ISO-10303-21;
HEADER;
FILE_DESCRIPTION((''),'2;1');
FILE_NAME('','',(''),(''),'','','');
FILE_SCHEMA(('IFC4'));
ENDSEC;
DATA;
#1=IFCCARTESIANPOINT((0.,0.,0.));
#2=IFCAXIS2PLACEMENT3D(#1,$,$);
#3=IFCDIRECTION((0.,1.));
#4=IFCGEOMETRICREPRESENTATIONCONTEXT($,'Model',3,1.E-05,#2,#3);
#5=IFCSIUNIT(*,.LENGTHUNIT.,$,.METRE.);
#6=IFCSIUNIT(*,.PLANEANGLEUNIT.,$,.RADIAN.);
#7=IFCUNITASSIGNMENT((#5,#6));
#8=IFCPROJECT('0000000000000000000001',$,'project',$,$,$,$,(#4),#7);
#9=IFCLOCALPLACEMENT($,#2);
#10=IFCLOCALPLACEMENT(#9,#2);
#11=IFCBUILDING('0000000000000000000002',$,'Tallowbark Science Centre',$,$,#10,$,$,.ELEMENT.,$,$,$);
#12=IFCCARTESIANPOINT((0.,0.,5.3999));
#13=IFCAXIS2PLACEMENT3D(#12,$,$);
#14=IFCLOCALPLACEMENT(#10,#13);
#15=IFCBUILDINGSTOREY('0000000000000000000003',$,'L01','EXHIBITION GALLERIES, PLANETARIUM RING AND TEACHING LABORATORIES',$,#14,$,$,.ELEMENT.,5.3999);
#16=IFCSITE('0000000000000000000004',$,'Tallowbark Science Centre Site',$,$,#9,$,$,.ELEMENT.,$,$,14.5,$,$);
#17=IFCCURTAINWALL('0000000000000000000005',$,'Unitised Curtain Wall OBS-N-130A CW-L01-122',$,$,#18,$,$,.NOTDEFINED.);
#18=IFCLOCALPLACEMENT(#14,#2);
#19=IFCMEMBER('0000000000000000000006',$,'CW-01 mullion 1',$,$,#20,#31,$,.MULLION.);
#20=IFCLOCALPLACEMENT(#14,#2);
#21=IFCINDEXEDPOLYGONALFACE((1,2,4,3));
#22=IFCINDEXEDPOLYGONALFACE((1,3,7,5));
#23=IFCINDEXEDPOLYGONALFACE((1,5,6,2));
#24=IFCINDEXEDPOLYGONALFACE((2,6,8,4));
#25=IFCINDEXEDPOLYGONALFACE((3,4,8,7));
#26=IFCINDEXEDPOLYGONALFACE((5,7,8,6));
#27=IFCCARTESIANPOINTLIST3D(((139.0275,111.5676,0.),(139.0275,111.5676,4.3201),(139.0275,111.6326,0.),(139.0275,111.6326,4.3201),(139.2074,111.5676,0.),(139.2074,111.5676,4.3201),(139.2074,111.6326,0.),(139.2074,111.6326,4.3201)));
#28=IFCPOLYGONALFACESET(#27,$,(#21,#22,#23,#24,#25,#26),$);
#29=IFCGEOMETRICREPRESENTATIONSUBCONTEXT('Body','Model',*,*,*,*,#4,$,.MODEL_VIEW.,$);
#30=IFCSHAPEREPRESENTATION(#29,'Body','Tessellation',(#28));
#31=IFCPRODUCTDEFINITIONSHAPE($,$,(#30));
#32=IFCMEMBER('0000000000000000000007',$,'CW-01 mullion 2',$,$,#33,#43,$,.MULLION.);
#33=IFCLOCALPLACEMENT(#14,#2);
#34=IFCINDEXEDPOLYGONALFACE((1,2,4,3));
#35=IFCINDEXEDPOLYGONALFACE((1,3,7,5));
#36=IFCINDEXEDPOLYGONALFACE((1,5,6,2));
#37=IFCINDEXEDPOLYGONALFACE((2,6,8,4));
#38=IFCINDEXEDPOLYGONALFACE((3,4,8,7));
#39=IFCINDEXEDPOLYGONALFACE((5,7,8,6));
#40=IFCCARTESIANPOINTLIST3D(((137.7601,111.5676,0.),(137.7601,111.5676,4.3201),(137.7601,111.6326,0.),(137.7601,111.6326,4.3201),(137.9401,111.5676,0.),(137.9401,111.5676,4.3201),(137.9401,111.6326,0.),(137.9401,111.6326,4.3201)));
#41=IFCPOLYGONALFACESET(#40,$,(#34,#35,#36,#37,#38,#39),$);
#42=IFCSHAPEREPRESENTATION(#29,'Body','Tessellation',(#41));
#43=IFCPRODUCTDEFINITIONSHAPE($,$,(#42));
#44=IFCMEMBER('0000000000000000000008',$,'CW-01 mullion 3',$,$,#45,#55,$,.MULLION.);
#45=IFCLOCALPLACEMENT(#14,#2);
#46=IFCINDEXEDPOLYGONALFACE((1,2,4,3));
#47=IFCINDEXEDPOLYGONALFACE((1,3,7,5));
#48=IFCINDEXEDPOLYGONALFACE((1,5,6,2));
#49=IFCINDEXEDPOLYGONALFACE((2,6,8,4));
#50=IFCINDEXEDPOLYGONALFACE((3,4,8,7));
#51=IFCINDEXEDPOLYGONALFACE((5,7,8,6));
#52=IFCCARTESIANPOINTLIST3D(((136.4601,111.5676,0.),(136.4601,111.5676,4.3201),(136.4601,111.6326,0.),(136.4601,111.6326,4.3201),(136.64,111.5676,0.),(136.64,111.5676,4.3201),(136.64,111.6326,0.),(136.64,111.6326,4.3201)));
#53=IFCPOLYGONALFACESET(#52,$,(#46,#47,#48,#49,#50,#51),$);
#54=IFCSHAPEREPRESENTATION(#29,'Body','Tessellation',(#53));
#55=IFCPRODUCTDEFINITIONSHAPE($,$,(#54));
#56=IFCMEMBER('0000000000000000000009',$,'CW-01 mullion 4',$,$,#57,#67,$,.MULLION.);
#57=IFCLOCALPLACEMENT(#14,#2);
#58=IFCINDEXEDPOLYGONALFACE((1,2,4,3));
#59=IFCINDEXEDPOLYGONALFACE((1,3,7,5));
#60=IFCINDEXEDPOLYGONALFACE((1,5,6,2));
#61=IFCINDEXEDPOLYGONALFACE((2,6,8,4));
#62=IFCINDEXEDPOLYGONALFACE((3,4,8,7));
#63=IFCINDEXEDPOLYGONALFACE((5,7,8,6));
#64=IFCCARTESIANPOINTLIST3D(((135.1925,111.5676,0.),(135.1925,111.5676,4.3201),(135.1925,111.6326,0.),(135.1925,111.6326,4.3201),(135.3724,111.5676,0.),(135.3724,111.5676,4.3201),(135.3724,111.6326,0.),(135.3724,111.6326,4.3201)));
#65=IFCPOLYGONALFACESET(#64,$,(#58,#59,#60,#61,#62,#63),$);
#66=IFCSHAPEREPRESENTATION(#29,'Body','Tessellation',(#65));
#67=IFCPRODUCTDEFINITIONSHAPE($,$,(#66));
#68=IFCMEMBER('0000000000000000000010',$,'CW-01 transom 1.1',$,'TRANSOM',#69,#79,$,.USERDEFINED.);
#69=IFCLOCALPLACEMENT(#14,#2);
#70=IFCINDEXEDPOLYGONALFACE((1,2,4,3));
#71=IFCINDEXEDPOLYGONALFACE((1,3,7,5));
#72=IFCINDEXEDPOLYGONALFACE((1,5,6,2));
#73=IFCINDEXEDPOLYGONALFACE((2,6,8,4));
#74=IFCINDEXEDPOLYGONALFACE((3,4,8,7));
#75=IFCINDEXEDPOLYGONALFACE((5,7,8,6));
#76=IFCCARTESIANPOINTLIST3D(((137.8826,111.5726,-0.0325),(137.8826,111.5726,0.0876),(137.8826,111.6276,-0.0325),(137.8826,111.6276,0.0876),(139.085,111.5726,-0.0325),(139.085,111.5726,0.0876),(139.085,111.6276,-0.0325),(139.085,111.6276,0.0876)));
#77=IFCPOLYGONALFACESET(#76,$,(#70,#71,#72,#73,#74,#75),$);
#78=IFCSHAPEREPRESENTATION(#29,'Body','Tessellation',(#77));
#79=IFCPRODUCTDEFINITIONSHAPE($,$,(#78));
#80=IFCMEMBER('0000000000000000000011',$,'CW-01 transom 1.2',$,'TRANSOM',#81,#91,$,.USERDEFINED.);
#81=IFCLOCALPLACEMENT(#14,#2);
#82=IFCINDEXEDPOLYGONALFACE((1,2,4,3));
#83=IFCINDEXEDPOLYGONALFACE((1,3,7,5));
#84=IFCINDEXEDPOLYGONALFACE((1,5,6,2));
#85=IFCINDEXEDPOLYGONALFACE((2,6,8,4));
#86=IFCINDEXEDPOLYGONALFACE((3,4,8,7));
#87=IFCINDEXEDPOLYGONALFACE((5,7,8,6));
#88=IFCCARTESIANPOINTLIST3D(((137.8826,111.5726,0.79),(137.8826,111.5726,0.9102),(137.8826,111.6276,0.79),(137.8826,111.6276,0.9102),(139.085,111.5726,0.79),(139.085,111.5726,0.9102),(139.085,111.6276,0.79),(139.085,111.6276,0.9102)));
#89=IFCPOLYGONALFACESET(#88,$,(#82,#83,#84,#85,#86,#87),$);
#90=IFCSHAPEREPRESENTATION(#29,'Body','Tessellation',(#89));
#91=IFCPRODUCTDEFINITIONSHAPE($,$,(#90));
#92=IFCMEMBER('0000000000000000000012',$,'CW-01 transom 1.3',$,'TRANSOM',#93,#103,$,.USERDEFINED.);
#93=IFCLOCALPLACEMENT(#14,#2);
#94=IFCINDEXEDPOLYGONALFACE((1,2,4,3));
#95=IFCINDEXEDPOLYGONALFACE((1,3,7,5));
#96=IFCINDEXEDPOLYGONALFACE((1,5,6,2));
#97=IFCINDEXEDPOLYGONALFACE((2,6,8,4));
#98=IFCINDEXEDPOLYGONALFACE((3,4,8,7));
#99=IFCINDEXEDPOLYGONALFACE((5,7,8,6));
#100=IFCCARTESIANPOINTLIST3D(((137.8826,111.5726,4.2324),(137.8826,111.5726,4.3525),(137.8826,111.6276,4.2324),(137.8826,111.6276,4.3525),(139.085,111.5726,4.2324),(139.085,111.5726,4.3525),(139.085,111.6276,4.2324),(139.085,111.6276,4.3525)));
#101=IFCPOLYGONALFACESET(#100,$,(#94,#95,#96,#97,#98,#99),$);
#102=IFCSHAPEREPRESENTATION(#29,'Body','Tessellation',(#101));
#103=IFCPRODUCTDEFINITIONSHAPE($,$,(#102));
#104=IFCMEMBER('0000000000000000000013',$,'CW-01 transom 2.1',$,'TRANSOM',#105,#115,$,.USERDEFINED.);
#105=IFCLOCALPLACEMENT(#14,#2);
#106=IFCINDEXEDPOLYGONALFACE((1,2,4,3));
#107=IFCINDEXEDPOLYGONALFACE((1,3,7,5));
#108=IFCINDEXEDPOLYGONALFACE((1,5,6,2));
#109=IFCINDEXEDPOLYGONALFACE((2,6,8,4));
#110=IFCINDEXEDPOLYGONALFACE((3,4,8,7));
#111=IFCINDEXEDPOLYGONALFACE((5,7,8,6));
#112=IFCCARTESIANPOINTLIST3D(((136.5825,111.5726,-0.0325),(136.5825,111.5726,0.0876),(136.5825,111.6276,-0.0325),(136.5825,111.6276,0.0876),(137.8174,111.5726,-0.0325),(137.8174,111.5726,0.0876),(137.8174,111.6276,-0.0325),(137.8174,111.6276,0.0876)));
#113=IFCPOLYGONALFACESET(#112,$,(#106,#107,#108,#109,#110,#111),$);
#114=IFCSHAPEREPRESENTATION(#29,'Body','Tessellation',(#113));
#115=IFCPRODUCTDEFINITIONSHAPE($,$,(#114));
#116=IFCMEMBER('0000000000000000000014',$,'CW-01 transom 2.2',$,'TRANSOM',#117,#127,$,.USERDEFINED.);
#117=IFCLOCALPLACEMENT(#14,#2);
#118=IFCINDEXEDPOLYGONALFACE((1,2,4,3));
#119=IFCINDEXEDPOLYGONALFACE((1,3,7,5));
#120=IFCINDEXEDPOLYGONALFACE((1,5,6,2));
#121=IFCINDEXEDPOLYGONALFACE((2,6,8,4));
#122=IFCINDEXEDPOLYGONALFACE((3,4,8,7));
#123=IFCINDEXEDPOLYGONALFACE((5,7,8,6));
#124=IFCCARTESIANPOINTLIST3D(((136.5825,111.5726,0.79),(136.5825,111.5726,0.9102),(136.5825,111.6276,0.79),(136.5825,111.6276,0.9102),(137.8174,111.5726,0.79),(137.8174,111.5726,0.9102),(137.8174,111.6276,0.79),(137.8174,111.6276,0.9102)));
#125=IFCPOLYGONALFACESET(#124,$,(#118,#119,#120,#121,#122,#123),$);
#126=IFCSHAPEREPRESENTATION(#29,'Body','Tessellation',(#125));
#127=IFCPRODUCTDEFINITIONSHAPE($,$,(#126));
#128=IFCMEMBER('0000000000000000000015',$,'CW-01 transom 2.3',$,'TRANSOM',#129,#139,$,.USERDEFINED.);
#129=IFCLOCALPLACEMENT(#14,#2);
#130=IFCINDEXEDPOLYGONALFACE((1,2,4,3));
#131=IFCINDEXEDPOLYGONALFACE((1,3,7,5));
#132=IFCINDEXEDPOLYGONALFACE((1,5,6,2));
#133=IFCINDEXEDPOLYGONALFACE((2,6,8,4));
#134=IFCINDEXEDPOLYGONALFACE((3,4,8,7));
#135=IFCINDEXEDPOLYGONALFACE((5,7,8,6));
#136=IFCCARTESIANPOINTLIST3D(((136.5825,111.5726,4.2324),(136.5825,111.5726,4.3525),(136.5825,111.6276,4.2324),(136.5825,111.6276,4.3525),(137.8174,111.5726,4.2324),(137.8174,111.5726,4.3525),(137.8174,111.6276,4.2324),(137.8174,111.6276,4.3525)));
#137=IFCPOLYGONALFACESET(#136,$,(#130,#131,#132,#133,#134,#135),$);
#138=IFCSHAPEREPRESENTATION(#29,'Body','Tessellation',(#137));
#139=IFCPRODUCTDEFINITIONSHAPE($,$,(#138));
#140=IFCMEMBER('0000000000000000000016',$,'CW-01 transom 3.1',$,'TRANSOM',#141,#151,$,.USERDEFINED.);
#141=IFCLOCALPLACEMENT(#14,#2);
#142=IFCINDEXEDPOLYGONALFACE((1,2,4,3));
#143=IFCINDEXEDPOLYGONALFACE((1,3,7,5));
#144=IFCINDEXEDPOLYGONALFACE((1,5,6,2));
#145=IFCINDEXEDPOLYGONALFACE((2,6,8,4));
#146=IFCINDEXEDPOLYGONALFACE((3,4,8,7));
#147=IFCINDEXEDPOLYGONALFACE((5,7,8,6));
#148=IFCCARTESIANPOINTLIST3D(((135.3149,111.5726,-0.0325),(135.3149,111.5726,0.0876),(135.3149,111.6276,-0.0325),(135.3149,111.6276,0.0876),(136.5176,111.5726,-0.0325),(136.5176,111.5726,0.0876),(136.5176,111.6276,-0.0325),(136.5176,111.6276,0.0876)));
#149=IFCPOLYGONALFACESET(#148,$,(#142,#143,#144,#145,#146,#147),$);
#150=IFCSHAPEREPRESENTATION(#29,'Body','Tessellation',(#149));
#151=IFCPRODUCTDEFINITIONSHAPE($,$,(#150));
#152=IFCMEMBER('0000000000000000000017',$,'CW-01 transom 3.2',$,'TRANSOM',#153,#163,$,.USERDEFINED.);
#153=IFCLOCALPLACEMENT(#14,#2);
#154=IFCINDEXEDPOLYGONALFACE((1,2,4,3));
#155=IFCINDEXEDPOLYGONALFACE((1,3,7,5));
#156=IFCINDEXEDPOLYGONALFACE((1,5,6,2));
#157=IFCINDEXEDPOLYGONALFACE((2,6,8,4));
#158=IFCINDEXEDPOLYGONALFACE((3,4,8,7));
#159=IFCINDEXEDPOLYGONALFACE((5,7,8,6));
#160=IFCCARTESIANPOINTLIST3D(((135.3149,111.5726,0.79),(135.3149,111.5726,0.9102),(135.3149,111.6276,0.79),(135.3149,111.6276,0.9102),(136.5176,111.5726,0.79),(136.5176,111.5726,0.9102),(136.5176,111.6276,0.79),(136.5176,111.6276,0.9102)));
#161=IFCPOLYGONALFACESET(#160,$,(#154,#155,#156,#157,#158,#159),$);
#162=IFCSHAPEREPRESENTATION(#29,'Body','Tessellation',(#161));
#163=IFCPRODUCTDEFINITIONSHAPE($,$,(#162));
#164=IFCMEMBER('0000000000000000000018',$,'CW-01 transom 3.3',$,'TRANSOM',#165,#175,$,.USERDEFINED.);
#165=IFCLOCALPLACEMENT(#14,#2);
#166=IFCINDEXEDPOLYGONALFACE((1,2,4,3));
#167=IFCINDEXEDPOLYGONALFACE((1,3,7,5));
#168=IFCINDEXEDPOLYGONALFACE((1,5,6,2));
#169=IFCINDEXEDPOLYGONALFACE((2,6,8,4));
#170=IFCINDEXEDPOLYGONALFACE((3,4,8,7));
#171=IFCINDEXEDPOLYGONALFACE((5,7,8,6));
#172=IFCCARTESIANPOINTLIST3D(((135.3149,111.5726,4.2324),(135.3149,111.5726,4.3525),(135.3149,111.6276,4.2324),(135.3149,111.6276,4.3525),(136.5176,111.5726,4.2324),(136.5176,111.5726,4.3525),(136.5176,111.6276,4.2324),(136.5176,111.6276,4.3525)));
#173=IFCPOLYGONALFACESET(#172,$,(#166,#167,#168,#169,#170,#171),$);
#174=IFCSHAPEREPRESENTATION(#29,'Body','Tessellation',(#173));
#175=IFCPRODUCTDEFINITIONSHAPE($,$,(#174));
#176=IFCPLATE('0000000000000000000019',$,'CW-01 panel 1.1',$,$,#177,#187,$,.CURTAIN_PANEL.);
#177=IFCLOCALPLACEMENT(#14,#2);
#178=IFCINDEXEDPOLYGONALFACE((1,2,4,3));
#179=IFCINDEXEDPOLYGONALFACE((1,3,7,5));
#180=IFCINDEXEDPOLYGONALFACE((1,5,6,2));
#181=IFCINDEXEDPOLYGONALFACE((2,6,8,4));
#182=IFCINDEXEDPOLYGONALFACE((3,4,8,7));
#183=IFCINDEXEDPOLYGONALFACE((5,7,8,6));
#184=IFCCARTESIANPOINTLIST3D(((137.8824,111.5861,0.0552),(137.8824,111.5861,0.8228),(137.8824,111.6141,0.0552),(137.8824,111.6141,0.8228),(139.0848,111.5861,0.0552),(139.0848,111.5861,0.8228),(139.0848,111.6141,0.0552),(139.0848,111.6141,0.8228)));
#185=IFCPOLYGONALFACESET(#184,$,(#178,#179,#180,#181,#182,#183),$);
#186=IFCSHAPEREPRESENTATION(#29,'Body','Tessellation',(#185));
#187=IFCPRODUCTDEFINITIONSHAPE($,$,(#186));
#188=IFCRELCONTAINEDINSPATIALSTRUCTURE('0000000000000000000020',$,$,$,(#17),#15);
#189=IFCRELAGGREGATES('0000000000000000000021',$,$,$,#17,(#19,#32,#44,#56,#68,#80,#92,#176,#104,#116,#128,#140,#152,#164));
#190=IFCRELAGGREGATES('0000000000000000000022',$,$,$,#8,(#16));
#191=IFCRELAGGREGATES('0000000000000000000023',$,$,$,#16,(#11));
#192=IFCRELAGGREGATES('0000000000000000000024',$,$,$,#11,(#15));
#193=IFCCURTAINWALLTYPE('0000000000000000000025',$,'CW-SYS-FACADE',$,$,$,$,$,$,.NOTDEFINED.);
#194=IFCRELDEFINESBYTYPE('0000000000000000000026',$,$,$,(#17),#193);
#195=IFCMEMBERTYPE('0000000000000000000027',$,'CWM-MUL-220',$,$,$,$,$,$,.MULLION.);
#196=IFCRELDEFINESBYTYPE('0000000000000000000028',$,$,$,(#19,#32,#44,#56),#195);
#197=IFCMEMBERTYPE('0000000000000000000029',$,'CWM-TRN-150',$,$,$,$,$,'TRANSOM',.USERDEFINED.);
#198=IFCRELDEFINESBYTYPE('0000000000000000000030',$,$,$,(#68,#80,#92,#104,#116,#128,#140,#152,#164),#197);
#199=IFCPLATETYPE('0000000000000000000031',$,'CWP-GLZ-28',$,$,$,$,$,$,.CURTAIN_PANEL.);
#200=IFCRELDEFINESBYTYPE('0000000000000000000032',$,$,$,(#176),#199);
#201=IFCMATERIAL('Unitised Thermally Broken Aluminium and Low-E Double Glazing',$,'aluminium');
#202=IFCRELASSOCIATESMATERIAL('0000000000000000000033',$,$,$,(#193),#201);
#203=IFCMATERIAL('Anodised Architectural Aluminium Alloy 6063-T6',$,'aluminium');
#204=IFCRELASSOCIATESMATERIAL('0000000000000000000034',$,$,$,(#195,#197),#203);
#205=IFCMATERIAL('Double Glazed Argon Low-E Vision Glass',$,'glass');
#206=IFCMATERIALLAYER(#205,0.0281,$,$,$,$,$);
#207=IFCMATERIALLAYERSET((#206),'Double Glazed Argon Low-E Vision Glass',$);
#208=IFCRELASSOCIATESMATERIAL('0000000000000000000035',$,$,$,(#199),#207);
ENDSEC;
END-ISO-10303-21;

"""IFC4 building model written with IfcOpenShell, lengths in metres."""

from ifc_helpers import new_model, si_unit, direction, frame, origin, origin_2d, place, context, subcontext, project, spatial, rectangle, extrude, material, layer, layer_set, material_profile, profile_set, type_object, element, aggregate, save


model = new_model("IFC4")

# Units and contexts
model_context = context("Model", 3, precision=1e-05, world=origin(), true_north=direction((0.0, 1.0)))
body_context = subcontext(model_context, "Body", "Model", "MODEL_VIEW")
ifc_project = project(units=[si_unit("LENGTHUNIT", "METRE"), si_unit("PLANEANGLEUNIT", "RADIAN")], contexts=[model_context])

# Site, building, storey
site_placement = place(None, origin())
site = spatial("IfcSite", under=ifc_project, at=site_placement, Name="Tallowbark Science Centre Site", CompositionType="ELEMENT", RefElevation=14.5)
building_placement = place(site_placement, origin())
building = spatial("IfcBuilding", under=site, at=building_placement, Name="Tallowbark Science Centre", CompositionType="ELEMENT")
storey_placement = place(building_placement, frame((0.0, 0.0, 5.3999)))
storey = spatial("IfcBuildingStorey", under=building, at=storey_placement, Name="L01", Description="EXHIBITION GALLERIES, PLANETARIUM RING AND TEACHING LABORATORIES", CompositionType="ELEMENT", Elevation=5.3999)

# Curtain wall, members, plate
ifc_material_1 = material(Name="Unitised Thermally Broken Aluminium and Low-E Double Glazing", Category="aluminium")
curtain_wall_type = type_object("IfcCurtainWallType", Name="CW-SYS-FACADE", PredefinedType="NOTDEFINED", material=ifc_material_1)
curtain_wall_placement = place(storey_placement, origin())
curtain_wall = element("IfcCurtainWall", 1, at=curtain_wall_placement, inside=storey, type_object=curtain_wall_type, Name="Unitised Curtain Wall OBS-N-130A CW-L01-122", PredefinedType="NOTDEFINED")
ifc_material_2 = material(Name="Anodised Architectural Aluminium Alloy 6063-T6", Category="aluminium")
ifc_material_profile_1 = material_profile(ifc_material_2, rectangle(XDim=0.0649, YDim=0.1799, at=origin_2d()), Name="ALU65x180")
ifc_profile_set_1 = profile_set([ifc_material_profile_1], Name="Anodised Architectural Aluminium Alloy 6063-T6")
member_type_1 = type_object("IfcMemberType", Name="CWM-MUL-220", PredefinedType="MULLION", material=ifc_profile_set_1)
member_1_placement = place(storey_placement, frame((139.1174, 111.6001, 0.0), z_axis=(0.0, 0.0, 1.0), x_axis=(0.0, -1.0, 0.0)))
member_1 = element("IfcMember", 2, at=member_1_placement, type_object=member_type_1, Name="CW-01 mullion 1", PredefinedType="MULLION", context=body_context, shape_type="SweptSolid", body=[
    extrude(rectangle(XDim=0.0649, YDim=0.1799, at=origin_2d()), origin(), (0.0, 0.0, 1.0), 4.3201),
])
member_2_placement = place(storey_placement, frame((137.8501, 111.6001, 0.0), z_axis=(0.0, 0.0, 1.0), x_axis=(0.0, -1.0, 0.0)))
member_2 = element("IfcMember", 3, at=member_2_placement, type_object=member_type_1, Name="CW-01 mullion 2", PredefinedType="MULLION", context=body_context, shape_type="SweptSolid", body=[
    extrude(rectangle(XDim=0.0649, YDim=0.1799, at=origin_2d()), origin(), (0.0, 0.0, 1.0), 4.3201),
])
member_3_placement = place(storey_placement, frame((136.55, 111.6001, 0.0), z_axis=(0.0, 0.0, 1.0), x_axis=(0.0, -1.0, 0.0)))
member_3 = element("IfcMember", 4, at=member_3_placement, type_object=member_type_1, Name="CW-01 mullion 3", PredefinedType="MULLION", context=body_context, shape_type="SweptSolid", body=[
    extrude(rectangle(XDim=0.0649, YDim=0.1799, at=origin_2d()), origin(), (0.0, 0.0, 1.0), 4.3201),
])
member_4_placement = place(storey_placement, frame((135.2825, 111.6001, 0.0), z_axis=(0.0, 0.0, 1.0), x_axis=(0.0, -1.0, 0.0)))
member_4 = element("IfcMember", 5, at=member_4_placement, type_object=member_type_1, Name="CW-01 mullion 4", PredefinedType="MULLION", context=body_context, shape_type="SweptSolid", body=[
    extrude(rectangle(XDim=0.0649, YDim=0.1799, at=origin_2d()), origin(), (0.0, 0.0, 1.0), 4.3201),
])
ifc_material_profile_2 = material_profile(ifc_material_2, rectangle(XDim=0.0549, YDim=0.1201, at=origin_2d()), Name="ALU55x120")
ifc_profile_set_2 = profile_set([ifc_material_profile_2], Name="Anodised Architectural Aluminium Alloy 6063-T6")
member_type_2 = type_object("IfcMemberType", Name="CWM-TRN-150", ElementType="TRANSOM", PredefinedType="USERDEFINED", material=ifc_profile_set_2)
member_5_placement = place(storey_placement, frame((139.085, 111.6001, 0.0276), z_axis=(-1.0, 0.0, 0.0), x_axis=(0.0, -1.0, 0.0)))
member_5 = element("IfcMember", 6, at=member_5_placement, type_object=member_type_2, Name="CW-01 transom 1.1", ObjectType="TRANSOM", PredefinedType="USERDEFINED", context=body_context, shape_type="SweptSolid", body=[
    extrude(rectangle(XDim=0.0549, YDim=0.1201, at=origin_2d()), origin(), (0.0, 0.0, 1.0), 1.2024),
])
member_6_placement = place(storey_placement, frame((139.085, 111.6001, 0.8501), z_axis=(-1.0, 0.0, 0.0), x_axis=(0.0, -1.0, 0.0)))
member_6 = element("IfcMember", 7, at=member_6_placement, type_object=member_type_2, Name="CW-01 transom 1.2", ObjectType="TRANSOM", PredefinedType="USERDEFINED", context=body_context, shape_type="SweptSolid", body=[
    extrude(rectangle(XDim=0.0549, YDim=0.1201, at=origin_2d()), origin(), (0.0, 0.0, 1.0), 1.2024),
])
member_7_placement = place(storey_placement, frame((139.085, 111.6001, 4.2925), z_axis=(-1.0, 0.0, 0.0), x_axis=(0.0, -1.0, 0.0)))
member_7 = element("IfcMember", 8, at=member_7_placement, type_object=member_type_2, Name="CW-01 transom 1.3", ObjectType="TRANSOM", PredefinedType="USERDEFINED", context=body_context, shape_type="SweptSolid", body=[
    extrude(rectangle(XDim=0.0549, YDim=0.1201, at=origin_2d()), origin(), (0.0, 0.0, 1.0), 1.2024),
])
member_8_placement = place(storey_placement, frame((137.8174, 111.6001, 0.0276), z_axis=(-1.0, 0.0, 0.0), x_axis=(0.0, -1.0, 0.0)))
member_8 = element("IfcMember", 9, at=member_8_placement, type_object=member_type_2, Name="CW-01 transom 2.1", ObjectType="TRANSOM", PredefinedType="USERDEFINED", context=body_context, shape_type="SweptSolid", body=[
    extrude(rectangle(XDim=0.0549, YDim=0.1201, at=origin_2d()), origin(), (0.0, 0.0, 1.0), 1.2349),
])
member_9_placement = place(storey_placement, frame((137.8174, 111.6001, 0.8501), z_axis=(-1.0, 0.0, 0.0), x_axis=(0.0, -1.0, 0.0)))
member_9 = element("IfcMember", 10, at=member_9_placement, type_object=member_type_2, Name="CW-01 transom 2.2", ObjectType="TRANSOM", PredefinedType="USERDEFINED", context=body_context, shape_type="SweptSolid", body=[
    extrude(rectangle(XDim=0.0549, YDim=0.1201, at=origin_2d()), origin(), (0.0, 0.0, 1.0), 1.2349),
])
member_10_placement = place(storey_placement, frame((137.8174, 111.6001, 4.2925), z_axis=(-1.0, 0.0, 0.0), x_axis=(0.0, -1.0, 0.0)))
member_10 = element("IfcMember", 11, at=member_10_placement, type_object=member_type_2, Name="CW-01 transom 2.3", ObjectType="TRANSOM", PredefinedType="USERDEFINED", context=body_context, shape_type="SweptSolid", body=[
    extrude(rectangle(XDim=0.0549, YDim=0.1201, at=origin_2d()), origin(), (0.0, 0.0, 1.0), 1.2349),
])
member_11_placement = place(storey_placement, frame((136.5176, 111.6001, 0.0276), z_axis=(-1.0, 0.0, 0.0), x_axis=(0.0, -1.0, 0.0)))
member_11 = element("IfcMember", 12, at=member_11_placement, type_object=member_type_2, Name="CW-01 transom 3.1", ObjectType="TRANSOM", PredefinedType="USERDEFINED", context=body_context, shape_type="SweptSolid", body=[
    extrude(rectangle(XDim=0.0549, YDim=0.1201, at=origin_2d()), origin(), (0.0, 0.0, 1.0), 1.2026),
])
member_12_placement = place(storey_placement, frame((136.5176, 111.6001, 0.8501), z_axis=(-1.0, 0.0, 0.0), x_axis=(0.0, -1.0, 0.0)))
member_12 = element("IfcMember", 13, at=member_12_placement, type_object=member_type_2, Name="CW-01 transom 3.2", ObjectType="TRANSOM", PredefinedType="USERDEFINED", context=body_context, shape_type="SweptSolid", body=[
    extrude(rectangle(XDim=0.0549, YDim=0.1201, at=origin_2d()), origin(), (0.0, 0.0, 1.0), 1.2026),
])
member_13_placement = place(storey_placement, frame((136.5176, 111.6001, 4.2925), z_axis=(-1.0, 0.0, 0.0), x_axis=(0.0, -1.0, 0.0)))
member_13 = element("IfcMember", 14, at=member_13_placement, type_object=member_type_2, Name="CW-01 transom 3.3", ObjectType="TRANSOM", PredefinedType="USERDEFINED", context=body_context, shape_type="SweptSolid", body=[
    extrude(rectangle(XDim=0.0549, YDim=0.1201, at=origin_2d()), origin(), (0.0, 0.0, 1.0), 1.2026),
])
ifc_material_3 = material(Name="Double Glazed Argon Low-E Vision Glass", Category="glass")
ifc_layer_1 = layer(ifc_material_3, 0.0281)
ifc_layer_set_1 = layer_set([ifc_layer_1], Name="Double Glazed Argon Low-E Vision Glass")
plate_type = type_object("IfcPlateType", Name="CWP-GLZ-28", PredefinedType="CURTAIN_PANEL", material=ifc_layer_set_1)
plate_1_placement = place(storey_placement, frame((138.4836, 111.6001, 0.0552), z_axis=(0.0, 0.0, 1.0), x_axis=(-1.0, 0.0, 0.0)))
plate_1 = element("IfcPlate", 15, at=plate_1_placement, type_object=plate_type, Name="CW-01 panel 1.1", PredefinedType="CURTAIN_PANEL", context=body_context, shape_type="SweptSolid", body=[
    extrude(rectangle(XDim=1.2024, YDim=0.0281, at=origin_2d()), origin(), (0.0, 0.0, 1.0), 0.7676),
])
aggregate(curtain_wall, [member_1, member_2, member_3, member_4, member_5, member_6, member_7, plate_1, member_8, member_9, member_10, member_11, member_12, member_13])

save(model, "model.ifc")
